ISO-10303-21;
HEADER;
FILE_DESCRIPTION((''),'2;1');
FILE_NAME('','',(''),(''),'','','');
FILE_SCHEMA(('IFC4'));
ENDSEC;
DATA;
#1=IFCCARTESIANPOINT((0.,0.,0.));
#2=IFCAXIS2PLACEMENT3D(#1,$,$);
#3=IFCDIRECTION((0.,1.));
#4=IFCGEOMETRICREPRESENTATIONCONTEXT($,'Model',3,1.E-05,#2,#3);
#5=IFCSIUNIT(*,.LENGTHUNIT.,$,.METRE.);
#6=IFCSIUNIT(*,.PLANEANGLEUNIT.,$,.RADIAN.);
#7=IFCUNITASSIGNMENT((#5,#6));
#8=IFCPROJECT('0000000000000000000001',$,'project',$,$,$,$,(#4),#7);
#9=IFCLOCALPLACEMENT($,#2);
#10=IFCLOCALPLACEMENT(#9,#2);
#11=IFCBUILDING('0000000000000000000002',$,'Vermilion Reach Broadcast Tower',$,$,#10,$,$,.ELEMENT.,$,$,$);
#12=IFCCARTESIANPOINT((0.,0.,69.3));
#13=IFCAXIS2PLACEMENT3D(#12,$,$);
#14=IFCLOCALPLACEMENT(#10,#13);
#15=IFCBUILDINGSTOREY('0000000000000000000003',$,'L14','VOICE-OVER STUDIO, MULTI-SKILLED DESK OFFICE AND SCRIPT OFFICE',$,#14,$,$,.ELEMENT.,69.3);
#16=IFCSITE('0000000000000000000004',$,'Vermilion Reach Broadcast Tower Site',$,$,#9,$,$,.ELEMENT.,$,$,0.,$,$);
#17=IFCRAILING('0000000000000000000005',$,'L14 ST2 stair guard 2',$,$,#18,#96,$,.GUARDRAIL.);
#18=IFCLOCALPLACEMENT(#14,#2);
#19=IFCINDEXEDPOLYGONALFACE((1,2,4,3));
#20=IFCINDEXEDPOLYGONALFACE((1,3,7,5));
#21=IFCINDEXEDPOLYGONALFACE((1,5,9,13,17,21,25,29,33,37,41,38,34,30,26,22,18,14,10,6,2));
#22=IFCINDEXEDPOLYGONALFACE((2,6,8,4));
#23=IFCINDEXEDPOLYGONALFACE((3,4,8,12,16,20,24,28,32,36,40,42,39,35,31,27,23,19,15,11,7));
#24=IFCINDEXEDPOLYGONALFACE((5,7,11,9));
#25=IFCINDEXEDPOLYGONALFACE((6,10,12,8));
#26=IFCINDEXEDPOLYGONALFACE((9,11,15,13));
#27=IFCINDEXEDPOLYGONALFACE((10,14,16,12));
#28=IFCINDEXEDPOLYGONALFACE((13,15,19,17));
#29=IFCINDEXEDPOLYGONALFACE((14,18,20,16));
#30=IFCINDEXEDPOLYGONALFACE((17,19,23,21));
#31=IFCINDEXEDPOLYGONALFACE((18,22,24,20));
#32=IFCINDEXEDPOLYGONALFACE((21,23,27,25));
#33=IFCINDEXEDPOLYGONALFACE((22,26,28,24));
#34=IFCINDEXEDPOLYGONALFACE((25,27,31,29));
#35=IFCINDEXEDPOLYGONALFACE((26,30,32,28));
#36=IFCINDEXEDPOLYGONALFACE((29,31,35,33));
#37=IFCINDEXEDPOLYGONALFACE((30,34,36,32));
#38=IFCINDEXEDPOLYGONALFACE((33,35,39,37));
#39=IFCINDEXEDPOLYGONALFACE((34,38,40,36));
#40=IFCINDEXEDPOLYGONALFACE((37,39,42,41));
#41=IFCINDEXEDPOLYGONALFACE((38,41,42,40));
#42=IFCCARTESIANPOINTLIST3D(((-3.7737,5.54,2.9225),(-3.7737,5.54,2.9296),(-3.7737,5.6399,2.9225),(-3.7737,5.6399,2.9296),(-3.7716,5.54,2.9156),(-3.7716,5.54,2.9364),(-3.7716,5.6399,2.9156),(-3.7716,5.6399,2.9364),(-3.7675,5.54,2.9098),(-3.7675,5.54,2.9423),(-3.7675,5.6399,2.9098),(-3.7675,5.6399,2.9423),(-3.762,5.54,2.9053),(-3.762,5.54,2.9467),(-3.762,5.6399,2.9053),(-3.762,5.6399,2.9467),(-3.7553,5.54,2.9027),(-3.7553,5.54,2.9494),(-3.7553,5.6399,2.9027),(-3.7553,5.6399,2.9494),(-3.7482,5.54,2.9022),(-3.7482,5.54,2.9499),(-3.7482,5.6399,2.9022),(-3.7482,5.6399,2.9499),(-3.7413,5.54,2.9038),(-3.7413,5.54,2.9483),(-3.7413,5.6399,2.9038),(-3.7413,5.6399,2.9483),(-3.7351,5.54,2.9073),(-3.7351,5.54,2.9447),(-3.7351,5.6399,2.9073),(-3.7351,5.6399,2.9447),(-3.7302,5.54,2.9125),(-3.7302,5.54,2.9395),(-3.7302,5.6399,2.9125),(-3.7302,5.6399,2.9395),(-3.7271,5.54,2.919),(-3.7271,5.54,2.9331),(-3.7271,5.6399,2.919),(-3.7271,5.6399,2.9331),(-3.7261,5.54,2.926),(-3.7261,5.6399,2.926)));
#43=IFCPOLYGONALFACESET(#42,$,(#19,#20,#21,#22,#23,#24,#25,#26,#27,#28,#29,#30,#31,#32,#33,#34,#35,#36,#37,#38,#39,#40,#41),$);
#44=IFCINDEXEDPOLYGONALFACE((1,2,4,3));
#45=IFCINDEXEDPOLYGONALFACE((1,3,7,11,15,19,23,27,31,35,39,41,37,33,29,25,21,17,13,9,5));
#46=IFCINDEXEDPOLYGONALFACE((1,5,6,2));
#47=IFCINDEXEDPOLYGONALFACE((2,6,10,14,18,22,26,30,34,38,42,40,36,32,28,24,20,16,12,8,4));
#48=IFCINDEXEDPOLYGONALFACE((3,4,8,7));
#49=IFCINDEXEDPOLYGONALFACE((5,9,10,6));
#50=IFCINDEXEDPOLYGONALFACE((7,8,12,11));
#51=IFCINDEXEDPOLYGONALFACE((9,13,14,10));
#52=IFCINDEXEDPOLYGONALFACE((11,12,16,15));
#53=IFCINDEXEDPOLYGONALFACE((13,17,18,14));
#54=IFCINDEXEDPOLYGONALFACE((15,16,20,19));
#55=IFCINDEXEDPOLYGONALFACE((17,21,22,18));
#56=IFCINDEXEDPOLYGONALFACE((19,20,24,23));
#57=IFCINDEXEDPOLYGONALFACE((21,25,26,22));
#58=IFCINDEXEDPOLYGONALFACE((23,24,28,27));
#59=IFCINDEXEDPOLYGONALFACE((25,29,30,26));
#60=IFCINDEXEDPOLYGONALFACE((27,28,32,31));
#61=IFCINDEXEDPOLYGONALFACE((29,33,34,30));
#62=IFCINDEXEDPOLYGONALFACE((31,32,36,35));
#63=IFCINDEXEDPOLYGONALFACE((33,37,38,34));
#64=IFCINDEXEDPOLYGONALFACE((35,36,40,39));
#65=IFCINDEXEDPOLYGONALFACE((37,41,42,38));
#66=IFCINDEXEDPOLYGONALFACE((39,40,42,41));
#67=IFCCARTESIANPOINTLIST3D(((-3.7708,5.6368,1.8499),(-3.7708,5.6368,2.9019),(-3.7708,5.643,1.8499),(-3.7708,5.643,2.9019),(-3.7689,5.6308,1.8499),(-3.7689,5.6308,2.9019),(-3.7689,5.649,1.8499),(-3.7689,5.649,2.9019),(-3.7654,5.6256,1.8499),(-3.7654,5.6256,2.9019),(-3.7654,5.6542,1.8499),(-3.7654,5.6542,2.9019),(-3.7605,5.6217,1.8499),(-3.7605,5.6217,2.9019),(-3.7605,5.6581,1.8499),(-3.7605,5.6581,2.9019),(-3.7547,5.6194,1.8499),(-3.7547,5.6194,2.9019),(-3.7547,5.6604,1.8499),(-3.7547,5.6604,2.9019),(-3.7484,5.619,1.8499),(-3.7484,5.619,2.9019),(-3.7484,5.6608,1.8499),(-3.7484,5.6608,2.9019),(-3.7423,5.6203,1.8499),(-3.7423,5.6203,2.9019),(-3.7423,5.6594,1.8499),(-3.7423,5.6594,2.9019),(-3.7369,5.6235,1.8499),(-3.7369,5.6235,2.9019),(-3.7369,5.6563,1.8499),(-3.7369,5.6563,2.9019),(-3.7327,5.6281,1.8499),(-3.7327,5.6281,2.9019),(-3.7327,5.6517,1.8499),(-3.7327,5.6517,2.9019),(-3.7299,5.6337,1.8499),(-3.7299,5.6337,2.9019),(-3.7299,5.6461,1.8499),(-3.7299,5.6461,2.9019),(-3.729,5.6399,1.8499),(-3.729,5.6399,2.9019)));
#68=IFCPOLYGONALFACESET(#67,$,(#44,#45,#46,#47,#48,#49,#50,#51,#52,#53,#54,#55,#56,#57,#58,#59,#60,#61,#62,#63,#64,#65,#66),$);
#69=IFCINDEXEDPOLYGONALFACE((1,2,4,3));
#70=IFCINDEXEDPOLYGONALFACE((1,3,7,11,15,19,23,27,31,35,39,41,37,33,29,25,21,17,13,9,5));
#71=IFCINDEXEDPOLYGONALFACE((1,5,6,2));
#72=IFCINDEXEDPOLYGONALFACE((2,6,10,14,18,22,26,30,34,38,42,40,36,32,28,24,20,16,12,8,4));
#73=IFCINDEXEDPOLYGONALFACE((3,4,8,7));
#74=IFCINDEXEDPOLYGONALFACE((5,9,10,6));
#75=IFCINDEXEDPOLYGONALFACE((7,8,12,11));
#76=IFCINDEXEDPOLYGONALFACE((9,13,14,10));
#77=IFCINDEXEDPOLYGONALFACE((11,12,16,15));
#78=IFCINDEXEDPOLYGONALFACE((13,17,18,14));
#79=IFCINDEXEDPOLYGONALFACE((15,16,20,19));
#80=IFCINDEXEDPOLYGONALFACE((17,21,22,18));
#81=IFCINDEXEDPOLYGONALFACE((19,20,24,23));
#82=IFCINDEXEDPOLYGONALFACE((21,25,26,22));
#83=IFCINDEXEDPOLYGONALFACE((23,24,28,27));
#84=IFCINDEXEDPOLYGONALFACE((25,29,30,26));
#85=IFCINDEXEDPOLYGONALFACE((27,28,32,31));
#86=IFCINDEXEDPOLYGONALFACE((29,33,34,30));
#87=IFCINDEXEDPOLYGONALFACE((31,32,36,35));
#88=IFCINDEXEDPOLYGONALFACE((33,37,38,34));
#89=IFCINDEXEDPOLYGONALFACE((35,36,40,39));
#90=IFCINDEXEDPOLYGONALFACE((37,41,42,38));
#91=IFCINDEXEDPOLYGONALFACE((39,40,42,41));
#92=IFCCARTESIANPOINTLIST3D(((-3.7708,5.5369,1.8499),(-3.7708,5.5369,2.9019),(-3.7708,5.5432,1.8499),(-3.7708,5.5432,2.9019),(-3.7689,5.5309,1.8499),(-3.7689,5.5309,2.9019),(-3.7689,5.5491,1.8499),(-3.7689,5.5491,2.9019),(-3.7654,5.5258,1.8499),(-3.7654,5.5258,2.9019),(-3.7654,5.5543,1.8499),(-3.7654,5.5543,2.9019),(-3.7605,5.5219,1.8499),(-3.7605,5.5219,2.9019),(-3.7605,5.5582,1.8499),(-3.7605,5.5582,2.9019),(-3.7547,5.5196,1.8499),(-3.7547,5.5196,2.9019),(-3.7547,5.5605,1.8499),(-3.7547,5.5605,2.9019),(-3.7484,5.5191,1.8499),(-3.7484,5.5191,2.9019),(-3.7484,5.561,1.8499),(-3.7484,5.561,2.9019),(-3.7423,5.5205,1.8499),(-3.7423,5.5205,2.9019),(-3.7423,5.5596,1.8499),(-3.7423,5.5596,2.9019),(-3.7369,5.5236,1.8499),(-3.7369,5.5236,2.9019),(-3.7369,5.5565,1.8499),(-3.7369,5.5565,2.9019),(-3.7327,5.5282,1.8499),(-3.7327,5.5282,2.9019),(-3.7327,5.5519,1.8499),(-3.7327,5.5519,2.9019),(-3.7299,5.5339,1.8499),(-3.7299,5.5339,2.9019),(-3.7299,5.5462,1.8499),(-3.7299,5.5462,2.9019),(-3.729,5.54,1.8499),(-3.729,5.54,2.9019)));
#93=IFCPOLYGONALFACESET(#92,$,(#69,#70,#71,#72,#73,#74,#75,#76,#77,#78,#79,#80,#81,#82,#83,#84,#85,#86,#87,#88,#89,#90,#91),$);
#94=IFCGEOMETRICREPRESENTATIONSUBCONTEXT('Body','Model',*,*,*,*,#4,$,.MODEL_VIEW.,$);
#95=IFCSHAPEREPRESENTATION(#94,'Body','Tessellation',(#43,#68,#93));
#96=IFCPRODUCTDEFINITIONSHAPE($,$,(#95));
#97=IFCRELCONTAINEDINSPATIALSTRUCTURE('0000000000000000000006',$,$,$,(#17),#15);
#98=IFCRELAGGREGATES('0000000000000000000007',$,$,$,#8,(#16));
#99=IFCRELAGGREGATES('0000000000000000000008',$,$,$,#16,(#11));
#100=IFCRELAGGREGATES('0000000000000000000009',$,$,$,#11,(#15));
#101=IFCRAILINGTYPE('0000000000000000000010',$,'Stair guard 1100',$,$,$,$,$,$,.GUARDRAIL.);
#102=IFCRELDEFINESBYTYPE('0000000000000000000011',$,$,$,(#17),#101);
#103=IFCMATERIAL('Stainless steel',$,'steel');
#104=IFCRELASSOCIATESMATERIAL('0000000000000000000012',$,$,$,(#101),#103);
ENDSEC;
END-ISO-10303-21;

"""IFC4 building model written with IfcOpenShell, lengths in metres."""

from ifc_helpers import new_model, si_unit, direction, frame, origin, origin_2d, place, context, subcontext, project, spatial, circle, extrude, material, type_object, element, save


model = new_model("IFC4")

# Units and contexts
model_context = context("Model", 3, precision=1e-05, world=origin(), true_north=direction((0.0, 1.0)))
body_context = subcontext(model_context, "Body", "Model", "MODEL_VIEW")
ifc_project = project(units=[si_unit("LENGTHUNIT", "METRE"), si_unit("PLANEANGLEUNIT", "RADIAN")], contexts=[model_context])

# Site, building, storey
site_placement = place(None, origin())
site = spatial("IfcSite", under=ifc_project, at=site_placement, Name="Vermilion Reach Broadcast Tower Site", CompositionType="ELEMENT", RefElevation=0.0)
building_placement = place(site_placement, origin())
building = spatial("IfcBuilding", under=site, at=building_placement, Name="Vermilion Reach Broadcast Tower", CompositionType="ELEMENT")
storey_placement = place(building_placement, frame((0.0, 0.0, 69.3)))
storey = spatial("IfcBuildingStorey", under=building, at=storey_placement, Name="L14", Description="VOICE-OVER STUDIO, MULTI-SKILLED DESK OFFICE AND SCRIPT OFFICE", CompositionType="ELEMENT", Elevation=69.3)

# Railing
ifc_material_1 = material(Name="Stainless steel", Category="steel")
railing_type_1 = type_object("IfcRailingType", Name="Stair guard 1100", PredefinedType="GUARDRAIL", material=ifc_material_1)
railing_1_placement = place(storey_placement, frame((-3.75, 5.6399, 1.8499)))
element("IfcRailing", 1, at=railing_1_placement, inside=storey, type_object=railing_type_1, Name="L14 ST2 stair guard 2", PredefinedType="GUARDRAIL", context=body_context, shape_type="SweptSolid", body=[
    extrude(circle(Radius=0.0239, at=origin_2d()), frame((0.0, 0.0, 1.0762), z_axis=(0.0, -1.0, 0.0), x_axis=(1.0, 0.0, 0.0)), (0.0, 0.0, 1.0), 0.0999),
    extrude(circle(Radius=0.021, at=origin_2d()), origin(), (0.0, 0.0, 1.0), 1.052),
    extrude(circle(Radius=0.021, at=origin_2d()), frame((0.0, -0.0999, 0.0)), (0.0, 0.0, 1.0), 1.052),
])

save(model, "model.ifc")
